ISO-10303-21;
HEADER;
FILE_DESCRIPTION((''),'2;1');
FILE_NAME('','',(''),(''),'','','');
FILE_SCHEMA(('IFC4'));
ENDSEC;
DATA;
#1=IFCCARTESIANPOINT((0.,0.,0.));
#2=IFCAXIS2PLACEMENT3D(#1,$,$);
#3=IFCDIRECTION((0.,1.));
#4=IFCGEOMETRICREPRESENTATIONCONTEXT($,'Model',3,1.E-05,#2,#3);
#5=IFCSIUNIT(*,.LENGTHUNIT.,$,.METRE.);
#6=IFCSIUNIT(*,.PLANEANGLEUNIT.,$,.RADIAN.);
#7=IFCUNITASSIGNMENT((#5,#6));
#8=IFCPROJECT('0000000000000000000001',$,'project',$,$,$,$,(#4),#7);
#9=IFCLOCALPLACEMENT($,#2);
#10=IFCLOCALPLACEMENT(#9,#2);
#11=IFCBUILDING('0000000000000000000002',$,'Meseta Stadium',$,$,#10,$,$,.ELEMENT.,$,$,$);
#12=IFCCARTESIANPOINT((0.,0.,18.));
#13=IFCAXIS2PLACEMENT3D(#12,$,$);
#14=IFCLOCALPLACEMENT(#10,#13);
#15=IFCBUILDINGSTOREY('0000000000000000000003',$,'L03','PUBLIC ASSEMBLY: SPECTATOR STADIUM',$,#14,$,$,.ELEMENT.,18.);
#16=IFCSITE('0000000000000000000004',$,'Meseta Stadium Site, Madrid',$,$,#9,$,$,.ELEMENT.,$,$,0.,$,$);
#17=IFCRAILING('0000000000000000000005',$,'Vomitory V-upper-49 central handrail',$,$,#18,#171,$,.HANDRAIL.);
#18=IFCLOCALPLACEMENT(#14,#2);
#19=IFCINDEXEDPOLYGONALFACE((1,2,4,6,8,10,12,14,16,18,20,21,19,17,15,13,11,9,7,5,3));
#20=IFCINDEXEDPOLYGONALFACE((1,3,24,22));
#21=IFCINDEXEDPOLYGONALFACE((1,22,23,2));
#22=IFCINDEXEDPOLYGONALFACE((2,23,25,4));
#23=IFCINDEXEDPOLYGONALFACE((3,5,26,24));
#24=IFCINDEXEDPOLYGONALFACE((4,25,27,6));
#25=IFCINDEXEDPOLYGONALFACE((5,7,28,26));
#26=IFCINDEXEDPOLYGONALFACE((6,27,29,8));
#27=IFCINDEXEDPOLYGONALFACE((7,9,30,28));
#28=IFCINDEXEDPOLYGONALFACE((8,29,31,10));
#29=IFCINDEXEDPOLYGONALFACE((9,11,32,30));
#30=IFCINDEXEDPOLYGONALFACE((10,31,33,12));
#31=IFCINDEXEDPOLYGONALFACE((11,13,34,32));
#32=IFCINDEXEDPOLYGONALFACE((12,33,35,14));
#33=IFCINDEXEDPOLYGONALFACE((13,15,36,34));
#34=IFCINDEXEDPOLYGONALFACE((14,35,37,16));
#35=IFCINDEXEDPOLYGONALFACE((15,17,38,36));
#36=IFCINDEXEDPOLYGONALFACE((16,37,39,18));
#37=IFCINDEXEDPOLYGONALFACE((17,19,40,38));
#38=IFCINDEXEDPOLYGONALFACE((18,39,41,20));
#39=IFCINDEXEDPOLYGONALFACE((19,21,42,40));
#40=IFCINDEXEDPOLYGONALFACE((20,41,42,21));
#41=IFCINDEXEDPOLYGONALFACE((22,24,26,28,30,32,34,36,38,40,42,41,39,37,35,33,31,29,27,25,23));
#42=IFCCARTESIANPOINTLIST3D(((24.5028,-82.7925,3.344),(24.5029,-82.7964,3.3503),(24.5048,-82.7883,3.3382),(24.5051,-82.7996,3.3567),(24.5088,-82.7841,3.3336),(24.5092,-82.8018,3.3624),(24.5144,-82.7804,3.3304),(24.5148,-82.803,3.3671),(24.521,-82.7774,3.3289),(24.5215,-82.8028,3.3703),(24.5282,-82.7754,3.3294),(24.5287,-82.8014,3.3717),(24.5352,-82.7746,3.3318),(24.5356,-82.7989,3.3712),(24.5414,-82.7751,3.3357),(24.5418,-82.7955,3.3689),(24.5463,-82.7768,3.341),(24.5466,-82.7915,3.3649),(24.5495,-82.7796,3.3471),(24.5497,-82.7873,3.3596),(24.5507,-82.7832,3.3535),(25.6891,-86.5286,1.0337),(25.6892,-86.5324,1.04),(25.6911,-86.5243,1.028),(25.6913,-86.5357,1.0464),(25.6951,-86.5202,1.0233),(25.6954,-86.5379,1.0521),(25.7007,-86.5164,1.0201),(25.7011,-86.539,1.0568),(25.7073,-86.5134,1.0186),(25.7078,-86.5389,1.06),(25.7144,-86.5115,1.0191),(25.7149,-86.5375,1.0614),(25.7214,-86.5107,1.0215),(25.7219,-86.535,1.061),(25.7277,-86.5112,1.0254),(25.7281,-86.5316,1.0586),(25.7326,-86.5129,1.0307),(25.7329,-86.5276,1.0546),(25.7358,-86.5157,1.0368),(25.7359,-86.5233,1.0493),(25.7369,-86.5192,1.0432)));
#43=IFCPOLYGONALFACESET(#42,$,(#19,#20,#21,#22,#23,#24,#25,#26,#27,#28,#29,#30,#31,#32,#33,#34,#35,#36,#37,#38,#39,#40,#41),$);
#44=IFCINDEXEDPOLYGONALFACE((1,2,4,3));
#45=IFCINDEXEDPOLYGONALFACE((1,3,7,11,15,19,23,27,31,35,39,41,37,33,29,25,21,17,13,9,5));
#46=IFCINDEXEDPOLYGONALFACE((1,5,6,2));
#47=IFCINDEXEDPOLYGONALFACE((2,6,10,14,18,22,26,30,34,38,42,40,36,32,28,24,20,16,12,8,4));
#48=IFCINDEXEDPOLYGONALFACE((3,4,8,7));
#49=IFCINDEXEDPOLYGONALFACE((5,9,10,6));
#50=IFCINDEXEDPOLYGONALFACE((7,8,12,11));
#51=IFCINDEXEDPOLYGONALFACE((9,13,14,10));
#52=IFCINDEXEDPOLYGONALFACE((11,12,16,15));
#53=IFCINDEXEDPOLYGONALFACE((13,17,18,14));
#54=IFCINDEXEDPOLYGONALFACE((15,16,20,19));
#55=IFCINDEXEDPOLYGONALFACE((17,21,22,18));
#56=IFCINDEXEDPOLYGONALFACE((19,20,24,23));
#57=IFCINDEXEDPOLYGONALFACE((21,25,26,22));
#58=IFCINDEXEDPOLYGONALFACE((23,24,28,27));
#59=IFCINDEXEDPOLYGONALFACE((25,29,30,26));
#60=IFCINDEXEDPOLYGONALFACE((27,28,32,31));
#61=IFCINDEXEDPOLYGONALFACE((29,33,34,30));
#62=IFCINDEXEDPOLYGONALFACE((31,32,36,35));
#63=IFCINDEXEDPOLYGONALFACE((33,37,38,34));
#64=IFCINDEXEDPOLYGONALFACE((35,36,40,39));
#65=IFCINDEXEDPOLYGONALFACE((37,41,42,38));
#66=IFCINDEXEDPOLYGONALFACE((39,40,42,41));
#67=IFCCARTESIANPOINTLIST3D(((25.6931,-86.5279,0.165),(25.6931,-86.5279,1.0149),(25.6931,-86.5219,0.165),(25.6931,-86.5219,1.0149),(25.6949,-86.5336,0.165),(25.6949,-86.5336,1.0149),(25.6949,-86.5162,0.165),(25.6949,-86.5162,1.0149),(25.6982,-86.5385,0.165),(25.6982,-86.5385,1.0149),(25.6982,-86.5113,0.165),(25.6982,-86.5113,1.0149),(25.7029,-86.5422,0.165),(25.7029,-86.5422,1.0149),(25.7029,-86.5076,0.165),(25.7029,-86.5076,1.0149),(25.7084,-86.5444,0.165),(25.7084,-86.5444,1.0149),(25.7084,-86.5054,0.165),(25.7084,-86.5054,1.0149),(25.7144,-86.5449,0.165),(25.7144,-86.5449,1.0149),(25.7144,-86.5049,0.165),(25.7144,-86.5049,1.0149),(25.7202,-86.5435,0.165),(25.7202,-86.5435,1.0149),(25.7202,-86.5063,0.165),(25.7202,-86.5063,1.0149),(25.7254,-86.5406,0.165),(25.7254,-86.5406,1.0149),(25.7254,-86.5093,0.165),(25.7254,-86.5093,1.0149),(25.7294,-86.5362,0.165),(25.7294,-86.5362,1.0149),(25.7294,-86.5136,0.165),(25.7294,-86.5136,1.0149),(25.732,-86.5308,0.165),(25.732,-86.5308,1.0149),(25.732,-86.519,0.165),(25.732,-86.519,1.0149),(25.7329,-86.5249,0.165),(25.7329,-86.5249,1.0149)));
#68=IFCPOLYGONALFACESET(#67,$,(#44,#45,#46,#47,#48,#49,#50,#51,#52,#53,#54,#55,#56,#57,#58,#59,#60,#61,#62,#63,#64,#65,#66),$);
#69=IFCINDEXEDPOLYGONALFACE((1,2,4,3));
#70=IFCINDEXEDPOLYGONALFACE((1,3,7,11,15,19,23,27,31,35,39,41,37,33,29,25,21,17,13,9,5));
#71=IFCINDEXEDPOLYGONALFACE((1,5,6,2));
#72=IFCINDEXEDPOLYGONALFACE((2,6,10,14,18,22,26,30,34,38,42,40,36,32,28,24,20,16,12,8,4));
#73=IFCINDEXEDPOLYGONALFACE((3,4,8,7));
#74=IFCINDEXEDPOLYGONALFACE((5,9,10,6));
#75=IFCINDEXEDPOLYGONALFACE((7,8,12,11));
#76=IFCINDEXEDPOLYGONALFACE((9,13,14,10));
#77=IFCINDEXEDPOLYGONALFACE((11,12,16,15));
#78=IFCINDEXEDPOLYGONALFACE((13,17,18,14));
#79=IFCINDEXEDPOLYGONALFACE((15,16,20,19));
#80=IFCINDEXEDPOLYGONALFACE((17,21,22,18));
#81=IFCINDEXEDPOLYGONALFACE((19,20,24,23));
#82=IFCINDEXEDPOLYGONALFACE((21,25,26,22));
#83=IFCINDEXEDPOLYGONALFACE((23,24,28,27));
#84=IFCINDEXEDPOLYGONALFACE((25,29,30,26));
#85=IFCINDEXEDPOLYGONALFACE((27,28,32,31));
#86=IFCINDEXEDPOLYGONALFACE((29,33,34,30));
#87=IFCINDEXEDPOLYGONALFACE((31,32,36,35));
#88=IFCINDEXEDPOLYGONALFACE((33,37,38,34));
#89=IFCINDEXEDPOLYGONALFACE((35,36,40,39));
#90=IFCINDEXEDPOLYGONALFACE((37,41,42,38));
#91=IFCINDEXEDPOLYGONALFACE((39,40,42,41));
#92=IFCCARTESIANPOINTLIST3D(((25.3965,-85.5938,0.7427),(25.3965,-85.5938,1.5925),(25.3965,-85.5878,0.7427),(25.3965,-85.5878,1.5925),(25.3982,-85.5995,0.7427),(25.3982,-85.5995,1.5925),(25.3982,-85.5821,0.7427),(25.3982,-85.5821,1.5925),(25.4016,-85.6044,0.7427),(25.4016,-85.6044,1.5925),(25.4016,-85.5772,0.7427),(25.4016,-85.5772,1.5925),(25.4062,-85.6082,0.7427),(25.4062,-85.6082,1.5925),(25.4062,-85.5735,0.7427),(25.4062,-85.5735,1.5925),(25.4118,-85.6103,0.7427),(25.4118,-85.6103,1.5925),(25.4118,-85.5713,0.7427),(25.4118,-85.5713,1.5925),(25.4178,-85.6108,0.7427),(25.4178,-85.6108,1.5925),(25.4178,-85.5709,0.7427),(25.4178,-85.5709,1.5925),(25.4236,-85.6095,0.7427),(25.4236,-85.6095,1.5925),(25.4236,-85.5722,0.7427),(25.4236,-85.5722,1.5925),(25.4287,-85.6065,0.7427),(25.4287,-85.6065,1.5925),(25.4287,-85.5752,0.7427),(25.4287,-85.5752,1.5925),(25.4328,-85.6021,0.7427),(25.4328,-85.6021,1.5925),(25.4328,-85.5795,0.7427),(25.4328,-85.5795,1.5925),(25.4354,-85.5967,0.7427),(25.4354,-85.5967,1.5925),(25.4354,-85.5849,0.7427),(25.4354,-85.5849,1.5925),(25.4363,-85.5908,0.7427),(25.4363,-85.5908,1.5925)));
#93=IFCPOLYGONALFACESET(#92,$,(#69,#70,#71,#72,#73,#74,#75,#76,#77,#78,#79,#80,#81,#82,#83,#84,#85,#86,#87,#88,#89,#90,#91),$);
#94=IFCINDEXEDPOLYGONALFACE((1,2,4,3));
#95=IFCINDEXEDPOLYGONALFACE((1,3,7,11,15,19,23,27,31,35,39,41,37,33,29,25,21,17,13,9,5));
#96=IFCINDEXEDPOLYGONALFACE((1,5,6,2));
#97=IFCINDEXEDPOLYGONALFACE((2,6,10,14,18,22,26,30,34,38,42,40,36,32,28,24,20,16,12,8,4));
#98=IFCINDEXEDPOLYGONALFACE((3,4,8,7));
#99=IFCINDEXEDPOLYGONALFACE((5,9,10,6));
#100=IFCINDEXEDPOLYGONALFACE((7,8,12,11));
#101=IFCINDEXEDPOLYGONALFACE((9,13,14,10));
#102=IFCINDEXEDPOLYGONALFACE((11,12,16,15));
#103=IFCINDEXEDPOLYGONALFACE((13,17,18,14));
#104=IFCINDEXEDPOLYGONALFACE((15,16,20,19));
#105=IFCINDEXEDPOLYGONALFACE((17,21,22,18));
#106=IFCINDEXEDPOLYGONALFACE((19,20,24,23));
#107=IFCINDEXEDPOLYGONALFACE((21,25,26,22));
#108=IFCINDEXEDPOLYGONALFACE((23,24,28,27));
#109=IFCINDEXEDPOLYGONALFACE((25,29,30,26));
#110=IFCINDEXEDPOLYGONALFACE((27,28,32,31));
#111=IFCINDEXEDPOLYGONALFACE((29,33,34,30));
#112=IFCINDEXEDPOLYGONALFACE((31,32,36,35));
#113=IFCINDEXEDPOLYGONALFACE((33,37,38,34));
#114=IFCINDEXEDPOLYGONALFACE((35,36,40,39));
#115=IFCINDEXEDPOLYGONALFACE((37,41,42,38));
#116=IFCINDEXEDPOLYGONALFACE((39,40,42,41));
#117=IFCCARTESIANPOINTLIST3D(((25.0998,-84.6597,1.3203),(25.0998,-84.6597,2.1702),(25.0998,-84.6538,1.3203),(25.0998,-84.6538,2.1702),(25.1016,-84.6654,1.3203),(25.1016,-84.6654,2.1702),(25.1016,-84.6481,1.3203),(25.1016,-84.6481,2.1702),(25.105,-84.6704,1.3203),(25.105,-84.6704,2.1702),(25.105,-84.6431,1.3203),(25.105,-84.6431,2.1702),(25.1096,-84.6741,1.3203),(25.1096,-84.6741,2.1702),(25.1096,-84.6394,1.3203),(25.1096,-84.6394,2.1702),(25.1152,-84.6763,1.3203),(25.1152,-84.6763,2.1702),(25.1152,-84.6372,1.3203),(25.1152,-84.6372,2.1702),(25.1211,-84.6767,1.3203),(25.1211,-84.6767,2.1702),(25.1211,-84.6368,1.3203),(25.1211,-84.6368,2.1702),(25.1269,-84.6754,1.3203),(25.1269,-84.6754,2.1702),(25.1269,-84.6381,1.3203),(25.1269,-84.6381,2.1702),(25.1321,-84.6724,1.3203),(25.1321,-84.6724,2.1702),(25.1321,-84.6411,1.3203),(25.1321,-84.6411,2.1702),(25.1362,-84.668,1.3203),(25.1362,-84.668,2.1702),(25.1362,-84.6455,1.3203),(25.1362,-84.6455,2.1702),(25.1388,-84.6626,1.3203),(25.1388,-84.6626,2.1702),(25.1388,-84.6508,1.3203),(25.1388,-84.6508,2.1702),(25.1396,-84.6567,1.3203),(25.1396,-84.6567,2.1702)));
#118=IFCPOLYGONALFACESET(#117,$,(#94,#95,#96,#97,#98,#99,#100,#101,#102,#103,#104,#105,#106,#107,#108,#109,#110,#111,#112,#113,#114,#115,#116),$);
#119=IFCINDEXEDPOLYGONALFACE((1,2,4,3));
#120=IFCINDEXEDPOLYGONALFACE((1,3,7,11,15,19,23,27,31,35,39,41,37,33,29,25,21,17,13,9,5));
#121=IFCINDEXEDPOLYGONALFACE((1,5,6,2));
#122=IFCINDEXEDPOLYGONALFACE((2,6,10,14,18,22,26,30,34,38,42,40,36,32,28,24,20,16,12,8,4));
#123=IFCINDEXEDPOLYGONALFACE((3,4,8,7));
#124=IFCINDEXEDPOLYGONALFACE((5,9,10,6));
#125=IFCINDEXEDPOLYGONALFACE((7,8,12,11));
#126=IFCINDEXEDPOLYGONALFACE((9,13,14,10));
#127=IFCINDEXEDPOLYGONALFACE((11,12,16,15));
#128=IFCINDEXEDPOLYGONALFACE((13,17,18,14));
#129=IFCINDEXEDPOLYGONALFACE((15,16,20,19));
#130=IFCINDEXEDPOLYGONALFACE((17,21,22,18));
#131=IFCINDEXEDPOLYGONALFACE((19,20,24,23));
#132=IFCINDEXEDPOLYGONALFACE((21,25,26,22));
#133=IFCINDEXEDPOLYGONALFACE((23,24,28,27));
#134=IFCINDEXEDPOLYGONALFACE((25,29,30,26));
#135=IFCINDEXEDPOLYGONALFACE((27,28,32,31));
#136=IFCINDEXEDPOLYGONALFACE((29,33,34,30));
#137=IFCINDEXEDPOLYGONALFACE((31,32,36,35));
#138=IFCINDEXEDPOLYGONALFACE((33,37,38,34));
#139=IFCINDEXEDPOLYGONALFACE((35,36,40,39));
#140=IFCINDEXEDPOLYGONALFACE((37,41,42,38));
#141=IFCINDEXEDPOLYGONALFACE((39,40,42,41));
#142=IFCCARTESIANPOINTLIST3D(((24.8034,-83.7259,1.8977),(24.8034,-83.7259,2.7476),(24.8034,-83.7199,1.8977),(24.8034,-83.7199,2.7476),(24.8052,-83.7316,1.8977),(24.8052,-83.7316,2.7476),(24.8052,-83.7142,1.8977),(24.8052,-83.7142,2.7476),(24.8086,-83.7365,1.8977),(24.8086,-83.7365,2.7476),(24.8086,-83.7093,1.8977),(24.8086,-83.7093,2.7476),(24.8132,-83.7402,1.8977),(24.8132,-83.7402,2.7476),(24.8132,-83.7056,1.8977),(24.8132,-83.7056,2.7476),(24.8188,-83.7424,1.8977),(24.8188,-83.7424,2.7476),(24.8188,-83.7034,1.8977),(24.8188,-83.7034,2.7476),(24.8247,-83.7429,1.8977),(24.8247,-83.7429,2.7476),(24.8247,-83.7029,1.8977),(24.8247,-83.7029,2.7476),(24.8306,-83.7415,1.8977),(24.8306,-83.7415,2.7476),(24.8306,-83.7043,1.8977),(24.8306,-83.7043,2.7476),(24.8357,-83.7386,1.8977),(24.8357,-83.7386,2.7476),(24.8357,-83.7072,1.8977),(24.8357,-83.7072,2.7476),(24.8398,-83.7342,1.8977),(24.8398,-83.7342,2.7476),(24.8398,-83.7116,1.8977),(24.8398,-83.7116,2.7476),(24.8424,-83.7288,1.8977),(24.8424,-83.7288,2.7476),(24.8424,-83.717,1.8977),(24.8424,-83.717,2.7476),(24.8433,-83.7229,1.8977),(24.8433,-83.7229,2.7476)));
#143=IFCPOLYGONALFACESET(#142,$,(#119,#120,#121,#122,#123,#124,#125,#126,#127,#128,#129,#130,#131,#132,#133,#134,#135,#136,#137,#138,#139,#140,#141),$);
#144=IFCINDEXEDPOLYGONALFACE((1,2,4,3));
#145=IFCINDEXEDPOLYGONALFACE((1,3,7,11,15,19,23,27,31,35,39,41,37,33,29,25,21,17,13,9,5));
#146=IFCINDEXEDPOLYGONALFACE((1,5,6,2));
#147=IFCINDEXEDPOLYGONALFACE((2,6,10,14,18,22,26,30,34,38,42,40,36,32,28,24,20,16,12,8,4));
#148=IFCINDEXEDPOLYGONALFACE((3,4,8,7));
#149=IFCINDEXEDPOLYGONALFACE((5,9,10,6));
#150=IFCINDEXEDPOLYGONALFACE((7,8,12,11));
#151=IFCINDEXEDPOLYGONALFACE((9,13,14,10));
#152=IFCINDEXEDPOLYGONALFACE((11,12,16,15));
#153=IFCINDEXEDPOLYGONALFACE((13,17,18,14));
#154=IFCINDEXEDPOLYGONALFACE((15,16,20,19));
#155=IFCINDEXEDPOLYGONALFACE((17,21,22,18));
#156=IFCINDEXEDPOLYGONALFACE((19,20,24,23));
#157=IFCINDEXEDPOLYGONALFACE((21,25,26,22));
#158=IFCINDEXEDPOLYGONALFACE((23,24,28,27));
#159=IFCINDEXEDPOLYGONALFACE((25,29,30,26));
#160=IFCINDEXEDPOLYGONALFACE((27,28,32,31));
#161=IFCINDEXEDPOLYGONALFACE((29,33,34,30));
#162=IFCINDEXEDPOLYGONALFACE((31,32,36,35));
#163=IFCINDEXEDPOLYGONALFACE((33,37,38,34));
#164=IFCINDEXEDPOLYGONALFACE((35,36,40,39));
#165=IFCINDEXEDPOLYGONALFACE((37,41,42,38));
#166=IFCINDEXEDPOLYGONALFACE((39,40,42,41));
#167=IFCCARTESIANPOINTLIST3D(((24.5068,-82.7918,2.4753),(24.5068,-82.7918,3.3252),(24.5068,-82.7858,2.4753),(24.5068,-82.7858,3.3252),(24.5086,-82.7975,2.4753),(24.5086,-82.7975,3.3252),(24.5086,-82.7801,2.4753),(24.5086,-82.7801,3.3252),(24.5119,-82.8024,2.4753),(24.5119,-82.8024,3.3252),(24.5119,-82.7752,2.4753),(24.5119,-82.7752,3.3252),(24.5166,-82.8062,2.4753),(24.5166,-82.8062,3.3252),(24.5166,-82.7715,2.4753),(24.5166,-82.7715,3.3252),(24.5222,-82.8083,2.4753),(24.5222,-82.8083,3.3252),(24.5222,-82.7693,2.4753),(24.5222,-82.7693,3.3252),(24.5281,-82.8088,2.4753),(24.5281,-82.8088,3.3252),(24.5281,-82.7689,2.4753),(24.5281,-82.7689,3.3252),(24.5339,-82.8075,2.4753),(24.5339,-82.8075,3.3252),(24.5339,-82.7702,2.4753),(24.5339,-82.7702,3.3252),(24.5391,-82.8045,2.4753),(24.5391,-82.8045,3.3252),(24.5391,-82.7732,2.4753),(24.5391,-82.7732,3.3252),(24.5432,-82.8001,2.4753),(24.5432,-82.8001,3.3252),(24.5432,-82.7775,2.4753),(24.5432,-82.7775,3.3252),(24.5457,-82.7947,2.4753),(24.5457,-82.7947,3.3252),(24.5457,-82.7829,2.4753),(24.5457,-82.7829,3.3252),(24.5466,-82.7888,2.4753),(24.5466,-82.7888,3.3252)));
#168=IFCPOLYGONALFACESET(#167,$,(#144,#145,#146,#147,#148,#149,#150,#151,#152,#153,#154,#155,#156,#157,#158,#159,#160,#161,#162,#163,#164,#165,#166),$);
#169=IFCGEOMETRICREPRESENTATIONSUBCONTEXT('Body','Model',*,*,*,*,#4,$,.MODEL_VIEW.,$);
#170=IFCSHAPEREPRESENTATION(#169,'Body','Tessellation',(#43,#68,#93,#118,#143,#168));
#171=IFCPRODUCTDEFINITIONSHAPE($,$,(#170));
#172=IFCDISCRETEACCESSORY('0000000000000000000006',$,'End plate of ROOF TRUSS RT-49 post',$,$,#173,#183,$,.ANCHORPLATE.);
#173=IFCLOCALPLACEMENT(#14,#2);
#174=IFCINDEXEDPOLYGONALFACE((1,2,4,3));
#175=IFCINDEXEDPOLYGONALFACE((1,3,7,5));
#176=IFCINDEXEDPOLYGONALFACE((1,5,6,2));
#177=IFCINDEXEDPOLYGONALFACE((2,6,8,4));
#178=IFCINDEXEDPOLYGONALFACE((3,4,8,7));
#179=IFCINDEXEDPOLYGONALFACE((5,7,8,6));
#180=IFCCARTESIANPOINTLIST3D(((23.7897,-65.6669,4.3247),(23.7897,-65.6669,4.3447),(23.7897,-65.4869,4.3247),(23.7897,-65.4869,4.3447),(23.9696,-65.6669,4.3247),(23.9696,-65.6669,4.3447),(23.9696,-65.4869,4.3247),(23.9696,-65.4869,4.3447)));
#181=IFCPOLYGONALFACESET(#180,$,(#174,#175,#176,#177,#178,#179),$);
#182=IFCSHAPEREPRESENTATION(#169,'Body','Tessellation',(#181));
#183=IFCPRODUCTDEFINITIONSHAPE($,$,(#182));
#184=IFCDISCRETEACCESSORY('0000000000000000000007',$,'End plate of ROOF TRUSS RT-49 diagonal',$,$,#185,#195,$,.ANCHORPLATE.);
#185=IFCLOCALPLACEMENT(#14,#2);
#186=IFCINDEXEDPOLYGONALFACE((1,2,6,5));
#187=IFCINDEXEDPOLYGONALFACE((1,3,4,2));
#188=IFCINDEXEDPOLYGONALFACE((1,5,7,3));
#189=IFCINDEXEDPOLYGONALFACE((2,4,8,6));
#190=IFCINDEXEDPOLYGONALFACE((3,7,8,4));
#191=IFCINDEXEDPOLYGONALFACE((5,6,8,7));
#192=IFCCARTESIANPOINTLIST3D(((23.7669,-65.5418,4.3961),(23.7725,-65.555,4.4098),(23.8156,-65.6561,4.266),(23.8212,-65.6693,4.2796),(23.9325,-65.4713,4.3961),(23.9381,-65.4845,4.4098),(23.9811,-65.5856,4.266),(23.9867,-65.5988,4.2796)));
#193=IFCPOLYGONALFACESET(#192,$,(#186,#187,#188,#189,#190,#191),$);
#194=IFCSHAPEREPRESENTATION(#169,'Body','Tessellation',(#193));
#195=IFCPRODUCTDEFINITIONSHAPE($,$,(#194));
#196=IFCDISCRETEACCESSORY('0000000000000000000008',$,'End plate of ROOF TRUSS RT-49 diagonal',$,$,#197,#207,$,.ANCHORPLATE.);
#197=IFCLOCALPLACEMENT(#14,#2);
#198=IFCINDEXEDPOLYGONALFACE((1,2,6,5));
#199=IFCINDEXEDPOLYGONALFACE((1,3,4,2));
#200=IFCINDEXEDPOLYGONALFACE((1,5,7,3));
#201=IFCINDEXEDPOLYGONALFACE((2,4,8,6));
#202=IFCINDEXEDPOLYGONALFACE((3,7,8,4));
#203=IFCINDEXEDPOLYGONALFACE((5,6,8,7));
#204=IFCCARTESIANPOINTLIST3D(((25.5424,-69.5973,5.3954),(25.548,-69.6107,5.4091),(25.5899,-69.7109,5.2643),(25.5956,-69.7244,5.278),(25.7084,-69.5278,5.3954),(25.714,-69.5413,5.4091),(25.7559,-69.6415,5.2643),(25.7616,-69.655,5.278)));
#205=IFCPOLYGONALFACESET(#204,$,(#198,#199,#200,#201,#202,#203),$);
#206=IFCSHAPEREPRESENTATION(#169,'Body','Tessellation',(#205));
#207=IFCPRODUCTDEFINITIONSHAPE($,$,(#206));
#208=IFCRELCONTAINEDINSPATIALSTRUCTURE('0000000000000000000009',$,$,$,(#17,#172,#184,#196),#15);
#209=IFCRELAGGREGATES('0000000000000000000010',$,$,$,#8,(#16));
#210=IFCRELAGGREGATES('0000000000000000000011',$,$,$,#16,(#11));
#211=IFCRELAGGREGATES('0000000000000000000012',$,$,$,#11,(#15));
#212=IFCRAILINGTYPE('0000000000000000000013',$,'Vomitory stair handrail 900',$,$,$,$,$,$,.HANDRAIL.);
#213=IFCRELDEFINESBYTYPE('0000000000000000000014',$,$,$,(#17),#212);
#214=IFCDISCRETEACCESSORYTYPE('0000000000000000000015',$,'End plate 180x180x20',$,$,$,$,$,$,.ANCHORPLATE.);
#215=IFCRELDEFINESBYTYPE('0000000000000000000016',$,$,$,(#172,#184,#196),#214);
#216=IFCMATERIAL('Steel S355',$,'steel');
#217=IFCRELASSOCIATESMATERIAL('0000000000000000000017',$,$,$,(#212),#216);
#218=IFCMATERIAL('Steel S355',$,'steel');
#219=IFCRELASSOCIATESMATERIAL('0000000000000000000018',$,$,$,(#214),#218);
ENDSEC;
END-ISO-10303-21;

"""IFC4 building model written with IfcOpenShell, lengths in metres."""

from ifc_helpers import new_model, si_unit, direction, frame, origin, origin_2d, place, context, subcontext, project, spatial, rectangle, circle, extrude, material, material_profile, profile_set, type_object, element, save


model = new_model("IFC4")

# Units and contexts
model_context = context("Model", 3, precision=1e-05, world=origin(), true_north=direction((0.0, 1.0)))
body_context = subcontext(model_context, "Body", "Model", "MODEL_VIEW")
ifc_project = project(units=[si_unit("LENGTHUNIT", "METRE"), si_unit("PLANEANGLEUNIT", "RADIAN")], contexts=[model_context])

# Site, building, storey
site_placement = place(None, origin())
site = spatial("IfcSite", under=ifc_project, at=site_placement, Name="Meseta Stadium Site, Madrid", CompositionType="ELEMENT", RefElevation=0.0)
building_placement = place(site_placement, origin())
building = spatial("IfcBuilding", under=site, at=building_placement, Name="Meseta Stadium", CompositionType="ELEMENT")
storey_placement = place(building_placement, frame((0.0, 0.0, 18.0)))
storey = spatial("IfcBuildingStorey", under=building, at=storey_placement, Name="L03", Description="PUBLIC ASSEMBLY: SPECTATOR STADIUM", CompositionType="ELEMENT", Elevation=18.0)

# Railing
ifc_material_1 = material(Name="Steel S355", Category="steel")
railing_type_1 = type_object("IfcRailingType", Name="Vomitory stair handrail 900", PredefinedType="HANDRAIL", material=ifc_material_1)
railing_1_placement = place(storey_placement, frame((25.7129, -86.5249, 0.165)))
element("IfcRailing", 1, at=railing_1_placement, inside=storey, type_object=railing_type_1, Name="Vomitory V-upper-49 central handrail", PredefinedType="HANDRAIL", context=body_context, shape_type="SweptSolid", body=[
    extrude(circle(Radius=0.0249, at=origin_2d()), frame((0.0, 0.0, 0.875), z_axis=(-0.260717, 0.821106, 0.507752), x_axis=(-0.953108, -0.30263, 0.0)), (0.0, 0.0, 1.0), 4.55),
    extrude(circle(Radius=0.02, at=origin_2d()), origin(), (0.0, 0.0, 1.0), 0.8499),
    extrude(circle(Radius=0.02, at=origin_2d()), frame((-0.2966, 0.9341, 0.5776)), (0.0, 0.0, 1.0), 0.8499),
    extrude(circle(Radius=0.02, at=origin_2d()), frame((-0.5933, 1.8682, 1.1553)), (0.0, 0.0, 1.0), 0.8499),
    extrude(circle(Radius=0.02, at=origin_2d()), frame((-0.8896, 2.802, 1.7327)), (0.0, 0.0, 1.0), 0.8499),
    extrude(circle(Radius=0.02, at=origin_2d()), frame((-1.1863, 3.7361, 2.3103)), (0.0, 0.0, 1.0), 0.8499),
])

# Discrete accessories
ifc_material_2 = material(Name="Steel S355", Category="steel")
ifc_material_profile_1 = material_profile(ifc_material_2, rectangle(XDim=0.1799, YDim=0.1799, at=origin_2d()), Name="PL 180x180")
ifc_profile_set_1 = profile_set([ifc_material_profile_1], Name="Steel S355")
discrete_accessory_type = type_object("IfcDiscreteAccessoryType", Name="End plate 180x180x20", PredefinedType="ANCHORPLATE", material=ifc_profile_set_1)
discrete_accessory_1_placement = place(storey_placement, frame((23.8796, -65.5769, 4.3247), z_axis=(0.0, 0.0, 1.0), x_axis=(1.0, 0.0, 0.0)))
element("IfcDiscreteAccessory", 2, at=discrete_accessory_1_placement, inside=storey, type_object=discrete_accessory_type, Name="End plate of ROOF TRUSS RT-49 post", PredefinedType="ANCHORPLATE", context=body_context, shape_type="SweptSolid", body=[
    extrude(rectangle(XDim=0.1799, YDim=0.1799, at=origin_2d()), origin(), (0.0, 0.0, 1.0), 0.02),
])
discrete_accessory_2_placement = place(storey_placement, frame((23.874, -65.5637, 4.3311), z_axis=(0.283519, -0.665653, 0.690307), x_axis=(0.920024, 0.391862, 0.0)))
element("IfcDiscreteAccessory", 3, at=discrete_accessory_2_placement, inside=storey, type_object=discrete_accessory_type, Name="End plate of ROOF TRUSS RT-49 diagonal", PredefinedType="ANCHORPLATE", context=body_context, shape_type="SweptSolid", body=[
    extrude(rectangle(XDim=0.1799, YDim=0.1799, at=origin_2d()), origin(), (0.0, 0.0, 1.0), 0.0198),
])
discrete_accessory_3_placement = place(storey_placement, frame((25.6492, -69.6194, 5.3298), z_axis=(0.2812, -0.672434, 0.68466), x_axis=(0.92258, 0.385806, 0.0)))
element("IfcDiscreteAccessory", 4, at=discrete_accessory_3_placement, inside=storey, type_object=discrete_accessory_type, Name="End plate of ROOF TRUSS RT-49 diagonal", PredefinedType="ANCHORPLATE", context=body_context, shape_type="SweptSolid", body=[
    extrude(rectangle(XDim=0.1799, YDim=0.1799, at=origin_2d()), origin(), (0.0, 0.0, 1.0), 0.02),
])

save(model, "model.ifc")
